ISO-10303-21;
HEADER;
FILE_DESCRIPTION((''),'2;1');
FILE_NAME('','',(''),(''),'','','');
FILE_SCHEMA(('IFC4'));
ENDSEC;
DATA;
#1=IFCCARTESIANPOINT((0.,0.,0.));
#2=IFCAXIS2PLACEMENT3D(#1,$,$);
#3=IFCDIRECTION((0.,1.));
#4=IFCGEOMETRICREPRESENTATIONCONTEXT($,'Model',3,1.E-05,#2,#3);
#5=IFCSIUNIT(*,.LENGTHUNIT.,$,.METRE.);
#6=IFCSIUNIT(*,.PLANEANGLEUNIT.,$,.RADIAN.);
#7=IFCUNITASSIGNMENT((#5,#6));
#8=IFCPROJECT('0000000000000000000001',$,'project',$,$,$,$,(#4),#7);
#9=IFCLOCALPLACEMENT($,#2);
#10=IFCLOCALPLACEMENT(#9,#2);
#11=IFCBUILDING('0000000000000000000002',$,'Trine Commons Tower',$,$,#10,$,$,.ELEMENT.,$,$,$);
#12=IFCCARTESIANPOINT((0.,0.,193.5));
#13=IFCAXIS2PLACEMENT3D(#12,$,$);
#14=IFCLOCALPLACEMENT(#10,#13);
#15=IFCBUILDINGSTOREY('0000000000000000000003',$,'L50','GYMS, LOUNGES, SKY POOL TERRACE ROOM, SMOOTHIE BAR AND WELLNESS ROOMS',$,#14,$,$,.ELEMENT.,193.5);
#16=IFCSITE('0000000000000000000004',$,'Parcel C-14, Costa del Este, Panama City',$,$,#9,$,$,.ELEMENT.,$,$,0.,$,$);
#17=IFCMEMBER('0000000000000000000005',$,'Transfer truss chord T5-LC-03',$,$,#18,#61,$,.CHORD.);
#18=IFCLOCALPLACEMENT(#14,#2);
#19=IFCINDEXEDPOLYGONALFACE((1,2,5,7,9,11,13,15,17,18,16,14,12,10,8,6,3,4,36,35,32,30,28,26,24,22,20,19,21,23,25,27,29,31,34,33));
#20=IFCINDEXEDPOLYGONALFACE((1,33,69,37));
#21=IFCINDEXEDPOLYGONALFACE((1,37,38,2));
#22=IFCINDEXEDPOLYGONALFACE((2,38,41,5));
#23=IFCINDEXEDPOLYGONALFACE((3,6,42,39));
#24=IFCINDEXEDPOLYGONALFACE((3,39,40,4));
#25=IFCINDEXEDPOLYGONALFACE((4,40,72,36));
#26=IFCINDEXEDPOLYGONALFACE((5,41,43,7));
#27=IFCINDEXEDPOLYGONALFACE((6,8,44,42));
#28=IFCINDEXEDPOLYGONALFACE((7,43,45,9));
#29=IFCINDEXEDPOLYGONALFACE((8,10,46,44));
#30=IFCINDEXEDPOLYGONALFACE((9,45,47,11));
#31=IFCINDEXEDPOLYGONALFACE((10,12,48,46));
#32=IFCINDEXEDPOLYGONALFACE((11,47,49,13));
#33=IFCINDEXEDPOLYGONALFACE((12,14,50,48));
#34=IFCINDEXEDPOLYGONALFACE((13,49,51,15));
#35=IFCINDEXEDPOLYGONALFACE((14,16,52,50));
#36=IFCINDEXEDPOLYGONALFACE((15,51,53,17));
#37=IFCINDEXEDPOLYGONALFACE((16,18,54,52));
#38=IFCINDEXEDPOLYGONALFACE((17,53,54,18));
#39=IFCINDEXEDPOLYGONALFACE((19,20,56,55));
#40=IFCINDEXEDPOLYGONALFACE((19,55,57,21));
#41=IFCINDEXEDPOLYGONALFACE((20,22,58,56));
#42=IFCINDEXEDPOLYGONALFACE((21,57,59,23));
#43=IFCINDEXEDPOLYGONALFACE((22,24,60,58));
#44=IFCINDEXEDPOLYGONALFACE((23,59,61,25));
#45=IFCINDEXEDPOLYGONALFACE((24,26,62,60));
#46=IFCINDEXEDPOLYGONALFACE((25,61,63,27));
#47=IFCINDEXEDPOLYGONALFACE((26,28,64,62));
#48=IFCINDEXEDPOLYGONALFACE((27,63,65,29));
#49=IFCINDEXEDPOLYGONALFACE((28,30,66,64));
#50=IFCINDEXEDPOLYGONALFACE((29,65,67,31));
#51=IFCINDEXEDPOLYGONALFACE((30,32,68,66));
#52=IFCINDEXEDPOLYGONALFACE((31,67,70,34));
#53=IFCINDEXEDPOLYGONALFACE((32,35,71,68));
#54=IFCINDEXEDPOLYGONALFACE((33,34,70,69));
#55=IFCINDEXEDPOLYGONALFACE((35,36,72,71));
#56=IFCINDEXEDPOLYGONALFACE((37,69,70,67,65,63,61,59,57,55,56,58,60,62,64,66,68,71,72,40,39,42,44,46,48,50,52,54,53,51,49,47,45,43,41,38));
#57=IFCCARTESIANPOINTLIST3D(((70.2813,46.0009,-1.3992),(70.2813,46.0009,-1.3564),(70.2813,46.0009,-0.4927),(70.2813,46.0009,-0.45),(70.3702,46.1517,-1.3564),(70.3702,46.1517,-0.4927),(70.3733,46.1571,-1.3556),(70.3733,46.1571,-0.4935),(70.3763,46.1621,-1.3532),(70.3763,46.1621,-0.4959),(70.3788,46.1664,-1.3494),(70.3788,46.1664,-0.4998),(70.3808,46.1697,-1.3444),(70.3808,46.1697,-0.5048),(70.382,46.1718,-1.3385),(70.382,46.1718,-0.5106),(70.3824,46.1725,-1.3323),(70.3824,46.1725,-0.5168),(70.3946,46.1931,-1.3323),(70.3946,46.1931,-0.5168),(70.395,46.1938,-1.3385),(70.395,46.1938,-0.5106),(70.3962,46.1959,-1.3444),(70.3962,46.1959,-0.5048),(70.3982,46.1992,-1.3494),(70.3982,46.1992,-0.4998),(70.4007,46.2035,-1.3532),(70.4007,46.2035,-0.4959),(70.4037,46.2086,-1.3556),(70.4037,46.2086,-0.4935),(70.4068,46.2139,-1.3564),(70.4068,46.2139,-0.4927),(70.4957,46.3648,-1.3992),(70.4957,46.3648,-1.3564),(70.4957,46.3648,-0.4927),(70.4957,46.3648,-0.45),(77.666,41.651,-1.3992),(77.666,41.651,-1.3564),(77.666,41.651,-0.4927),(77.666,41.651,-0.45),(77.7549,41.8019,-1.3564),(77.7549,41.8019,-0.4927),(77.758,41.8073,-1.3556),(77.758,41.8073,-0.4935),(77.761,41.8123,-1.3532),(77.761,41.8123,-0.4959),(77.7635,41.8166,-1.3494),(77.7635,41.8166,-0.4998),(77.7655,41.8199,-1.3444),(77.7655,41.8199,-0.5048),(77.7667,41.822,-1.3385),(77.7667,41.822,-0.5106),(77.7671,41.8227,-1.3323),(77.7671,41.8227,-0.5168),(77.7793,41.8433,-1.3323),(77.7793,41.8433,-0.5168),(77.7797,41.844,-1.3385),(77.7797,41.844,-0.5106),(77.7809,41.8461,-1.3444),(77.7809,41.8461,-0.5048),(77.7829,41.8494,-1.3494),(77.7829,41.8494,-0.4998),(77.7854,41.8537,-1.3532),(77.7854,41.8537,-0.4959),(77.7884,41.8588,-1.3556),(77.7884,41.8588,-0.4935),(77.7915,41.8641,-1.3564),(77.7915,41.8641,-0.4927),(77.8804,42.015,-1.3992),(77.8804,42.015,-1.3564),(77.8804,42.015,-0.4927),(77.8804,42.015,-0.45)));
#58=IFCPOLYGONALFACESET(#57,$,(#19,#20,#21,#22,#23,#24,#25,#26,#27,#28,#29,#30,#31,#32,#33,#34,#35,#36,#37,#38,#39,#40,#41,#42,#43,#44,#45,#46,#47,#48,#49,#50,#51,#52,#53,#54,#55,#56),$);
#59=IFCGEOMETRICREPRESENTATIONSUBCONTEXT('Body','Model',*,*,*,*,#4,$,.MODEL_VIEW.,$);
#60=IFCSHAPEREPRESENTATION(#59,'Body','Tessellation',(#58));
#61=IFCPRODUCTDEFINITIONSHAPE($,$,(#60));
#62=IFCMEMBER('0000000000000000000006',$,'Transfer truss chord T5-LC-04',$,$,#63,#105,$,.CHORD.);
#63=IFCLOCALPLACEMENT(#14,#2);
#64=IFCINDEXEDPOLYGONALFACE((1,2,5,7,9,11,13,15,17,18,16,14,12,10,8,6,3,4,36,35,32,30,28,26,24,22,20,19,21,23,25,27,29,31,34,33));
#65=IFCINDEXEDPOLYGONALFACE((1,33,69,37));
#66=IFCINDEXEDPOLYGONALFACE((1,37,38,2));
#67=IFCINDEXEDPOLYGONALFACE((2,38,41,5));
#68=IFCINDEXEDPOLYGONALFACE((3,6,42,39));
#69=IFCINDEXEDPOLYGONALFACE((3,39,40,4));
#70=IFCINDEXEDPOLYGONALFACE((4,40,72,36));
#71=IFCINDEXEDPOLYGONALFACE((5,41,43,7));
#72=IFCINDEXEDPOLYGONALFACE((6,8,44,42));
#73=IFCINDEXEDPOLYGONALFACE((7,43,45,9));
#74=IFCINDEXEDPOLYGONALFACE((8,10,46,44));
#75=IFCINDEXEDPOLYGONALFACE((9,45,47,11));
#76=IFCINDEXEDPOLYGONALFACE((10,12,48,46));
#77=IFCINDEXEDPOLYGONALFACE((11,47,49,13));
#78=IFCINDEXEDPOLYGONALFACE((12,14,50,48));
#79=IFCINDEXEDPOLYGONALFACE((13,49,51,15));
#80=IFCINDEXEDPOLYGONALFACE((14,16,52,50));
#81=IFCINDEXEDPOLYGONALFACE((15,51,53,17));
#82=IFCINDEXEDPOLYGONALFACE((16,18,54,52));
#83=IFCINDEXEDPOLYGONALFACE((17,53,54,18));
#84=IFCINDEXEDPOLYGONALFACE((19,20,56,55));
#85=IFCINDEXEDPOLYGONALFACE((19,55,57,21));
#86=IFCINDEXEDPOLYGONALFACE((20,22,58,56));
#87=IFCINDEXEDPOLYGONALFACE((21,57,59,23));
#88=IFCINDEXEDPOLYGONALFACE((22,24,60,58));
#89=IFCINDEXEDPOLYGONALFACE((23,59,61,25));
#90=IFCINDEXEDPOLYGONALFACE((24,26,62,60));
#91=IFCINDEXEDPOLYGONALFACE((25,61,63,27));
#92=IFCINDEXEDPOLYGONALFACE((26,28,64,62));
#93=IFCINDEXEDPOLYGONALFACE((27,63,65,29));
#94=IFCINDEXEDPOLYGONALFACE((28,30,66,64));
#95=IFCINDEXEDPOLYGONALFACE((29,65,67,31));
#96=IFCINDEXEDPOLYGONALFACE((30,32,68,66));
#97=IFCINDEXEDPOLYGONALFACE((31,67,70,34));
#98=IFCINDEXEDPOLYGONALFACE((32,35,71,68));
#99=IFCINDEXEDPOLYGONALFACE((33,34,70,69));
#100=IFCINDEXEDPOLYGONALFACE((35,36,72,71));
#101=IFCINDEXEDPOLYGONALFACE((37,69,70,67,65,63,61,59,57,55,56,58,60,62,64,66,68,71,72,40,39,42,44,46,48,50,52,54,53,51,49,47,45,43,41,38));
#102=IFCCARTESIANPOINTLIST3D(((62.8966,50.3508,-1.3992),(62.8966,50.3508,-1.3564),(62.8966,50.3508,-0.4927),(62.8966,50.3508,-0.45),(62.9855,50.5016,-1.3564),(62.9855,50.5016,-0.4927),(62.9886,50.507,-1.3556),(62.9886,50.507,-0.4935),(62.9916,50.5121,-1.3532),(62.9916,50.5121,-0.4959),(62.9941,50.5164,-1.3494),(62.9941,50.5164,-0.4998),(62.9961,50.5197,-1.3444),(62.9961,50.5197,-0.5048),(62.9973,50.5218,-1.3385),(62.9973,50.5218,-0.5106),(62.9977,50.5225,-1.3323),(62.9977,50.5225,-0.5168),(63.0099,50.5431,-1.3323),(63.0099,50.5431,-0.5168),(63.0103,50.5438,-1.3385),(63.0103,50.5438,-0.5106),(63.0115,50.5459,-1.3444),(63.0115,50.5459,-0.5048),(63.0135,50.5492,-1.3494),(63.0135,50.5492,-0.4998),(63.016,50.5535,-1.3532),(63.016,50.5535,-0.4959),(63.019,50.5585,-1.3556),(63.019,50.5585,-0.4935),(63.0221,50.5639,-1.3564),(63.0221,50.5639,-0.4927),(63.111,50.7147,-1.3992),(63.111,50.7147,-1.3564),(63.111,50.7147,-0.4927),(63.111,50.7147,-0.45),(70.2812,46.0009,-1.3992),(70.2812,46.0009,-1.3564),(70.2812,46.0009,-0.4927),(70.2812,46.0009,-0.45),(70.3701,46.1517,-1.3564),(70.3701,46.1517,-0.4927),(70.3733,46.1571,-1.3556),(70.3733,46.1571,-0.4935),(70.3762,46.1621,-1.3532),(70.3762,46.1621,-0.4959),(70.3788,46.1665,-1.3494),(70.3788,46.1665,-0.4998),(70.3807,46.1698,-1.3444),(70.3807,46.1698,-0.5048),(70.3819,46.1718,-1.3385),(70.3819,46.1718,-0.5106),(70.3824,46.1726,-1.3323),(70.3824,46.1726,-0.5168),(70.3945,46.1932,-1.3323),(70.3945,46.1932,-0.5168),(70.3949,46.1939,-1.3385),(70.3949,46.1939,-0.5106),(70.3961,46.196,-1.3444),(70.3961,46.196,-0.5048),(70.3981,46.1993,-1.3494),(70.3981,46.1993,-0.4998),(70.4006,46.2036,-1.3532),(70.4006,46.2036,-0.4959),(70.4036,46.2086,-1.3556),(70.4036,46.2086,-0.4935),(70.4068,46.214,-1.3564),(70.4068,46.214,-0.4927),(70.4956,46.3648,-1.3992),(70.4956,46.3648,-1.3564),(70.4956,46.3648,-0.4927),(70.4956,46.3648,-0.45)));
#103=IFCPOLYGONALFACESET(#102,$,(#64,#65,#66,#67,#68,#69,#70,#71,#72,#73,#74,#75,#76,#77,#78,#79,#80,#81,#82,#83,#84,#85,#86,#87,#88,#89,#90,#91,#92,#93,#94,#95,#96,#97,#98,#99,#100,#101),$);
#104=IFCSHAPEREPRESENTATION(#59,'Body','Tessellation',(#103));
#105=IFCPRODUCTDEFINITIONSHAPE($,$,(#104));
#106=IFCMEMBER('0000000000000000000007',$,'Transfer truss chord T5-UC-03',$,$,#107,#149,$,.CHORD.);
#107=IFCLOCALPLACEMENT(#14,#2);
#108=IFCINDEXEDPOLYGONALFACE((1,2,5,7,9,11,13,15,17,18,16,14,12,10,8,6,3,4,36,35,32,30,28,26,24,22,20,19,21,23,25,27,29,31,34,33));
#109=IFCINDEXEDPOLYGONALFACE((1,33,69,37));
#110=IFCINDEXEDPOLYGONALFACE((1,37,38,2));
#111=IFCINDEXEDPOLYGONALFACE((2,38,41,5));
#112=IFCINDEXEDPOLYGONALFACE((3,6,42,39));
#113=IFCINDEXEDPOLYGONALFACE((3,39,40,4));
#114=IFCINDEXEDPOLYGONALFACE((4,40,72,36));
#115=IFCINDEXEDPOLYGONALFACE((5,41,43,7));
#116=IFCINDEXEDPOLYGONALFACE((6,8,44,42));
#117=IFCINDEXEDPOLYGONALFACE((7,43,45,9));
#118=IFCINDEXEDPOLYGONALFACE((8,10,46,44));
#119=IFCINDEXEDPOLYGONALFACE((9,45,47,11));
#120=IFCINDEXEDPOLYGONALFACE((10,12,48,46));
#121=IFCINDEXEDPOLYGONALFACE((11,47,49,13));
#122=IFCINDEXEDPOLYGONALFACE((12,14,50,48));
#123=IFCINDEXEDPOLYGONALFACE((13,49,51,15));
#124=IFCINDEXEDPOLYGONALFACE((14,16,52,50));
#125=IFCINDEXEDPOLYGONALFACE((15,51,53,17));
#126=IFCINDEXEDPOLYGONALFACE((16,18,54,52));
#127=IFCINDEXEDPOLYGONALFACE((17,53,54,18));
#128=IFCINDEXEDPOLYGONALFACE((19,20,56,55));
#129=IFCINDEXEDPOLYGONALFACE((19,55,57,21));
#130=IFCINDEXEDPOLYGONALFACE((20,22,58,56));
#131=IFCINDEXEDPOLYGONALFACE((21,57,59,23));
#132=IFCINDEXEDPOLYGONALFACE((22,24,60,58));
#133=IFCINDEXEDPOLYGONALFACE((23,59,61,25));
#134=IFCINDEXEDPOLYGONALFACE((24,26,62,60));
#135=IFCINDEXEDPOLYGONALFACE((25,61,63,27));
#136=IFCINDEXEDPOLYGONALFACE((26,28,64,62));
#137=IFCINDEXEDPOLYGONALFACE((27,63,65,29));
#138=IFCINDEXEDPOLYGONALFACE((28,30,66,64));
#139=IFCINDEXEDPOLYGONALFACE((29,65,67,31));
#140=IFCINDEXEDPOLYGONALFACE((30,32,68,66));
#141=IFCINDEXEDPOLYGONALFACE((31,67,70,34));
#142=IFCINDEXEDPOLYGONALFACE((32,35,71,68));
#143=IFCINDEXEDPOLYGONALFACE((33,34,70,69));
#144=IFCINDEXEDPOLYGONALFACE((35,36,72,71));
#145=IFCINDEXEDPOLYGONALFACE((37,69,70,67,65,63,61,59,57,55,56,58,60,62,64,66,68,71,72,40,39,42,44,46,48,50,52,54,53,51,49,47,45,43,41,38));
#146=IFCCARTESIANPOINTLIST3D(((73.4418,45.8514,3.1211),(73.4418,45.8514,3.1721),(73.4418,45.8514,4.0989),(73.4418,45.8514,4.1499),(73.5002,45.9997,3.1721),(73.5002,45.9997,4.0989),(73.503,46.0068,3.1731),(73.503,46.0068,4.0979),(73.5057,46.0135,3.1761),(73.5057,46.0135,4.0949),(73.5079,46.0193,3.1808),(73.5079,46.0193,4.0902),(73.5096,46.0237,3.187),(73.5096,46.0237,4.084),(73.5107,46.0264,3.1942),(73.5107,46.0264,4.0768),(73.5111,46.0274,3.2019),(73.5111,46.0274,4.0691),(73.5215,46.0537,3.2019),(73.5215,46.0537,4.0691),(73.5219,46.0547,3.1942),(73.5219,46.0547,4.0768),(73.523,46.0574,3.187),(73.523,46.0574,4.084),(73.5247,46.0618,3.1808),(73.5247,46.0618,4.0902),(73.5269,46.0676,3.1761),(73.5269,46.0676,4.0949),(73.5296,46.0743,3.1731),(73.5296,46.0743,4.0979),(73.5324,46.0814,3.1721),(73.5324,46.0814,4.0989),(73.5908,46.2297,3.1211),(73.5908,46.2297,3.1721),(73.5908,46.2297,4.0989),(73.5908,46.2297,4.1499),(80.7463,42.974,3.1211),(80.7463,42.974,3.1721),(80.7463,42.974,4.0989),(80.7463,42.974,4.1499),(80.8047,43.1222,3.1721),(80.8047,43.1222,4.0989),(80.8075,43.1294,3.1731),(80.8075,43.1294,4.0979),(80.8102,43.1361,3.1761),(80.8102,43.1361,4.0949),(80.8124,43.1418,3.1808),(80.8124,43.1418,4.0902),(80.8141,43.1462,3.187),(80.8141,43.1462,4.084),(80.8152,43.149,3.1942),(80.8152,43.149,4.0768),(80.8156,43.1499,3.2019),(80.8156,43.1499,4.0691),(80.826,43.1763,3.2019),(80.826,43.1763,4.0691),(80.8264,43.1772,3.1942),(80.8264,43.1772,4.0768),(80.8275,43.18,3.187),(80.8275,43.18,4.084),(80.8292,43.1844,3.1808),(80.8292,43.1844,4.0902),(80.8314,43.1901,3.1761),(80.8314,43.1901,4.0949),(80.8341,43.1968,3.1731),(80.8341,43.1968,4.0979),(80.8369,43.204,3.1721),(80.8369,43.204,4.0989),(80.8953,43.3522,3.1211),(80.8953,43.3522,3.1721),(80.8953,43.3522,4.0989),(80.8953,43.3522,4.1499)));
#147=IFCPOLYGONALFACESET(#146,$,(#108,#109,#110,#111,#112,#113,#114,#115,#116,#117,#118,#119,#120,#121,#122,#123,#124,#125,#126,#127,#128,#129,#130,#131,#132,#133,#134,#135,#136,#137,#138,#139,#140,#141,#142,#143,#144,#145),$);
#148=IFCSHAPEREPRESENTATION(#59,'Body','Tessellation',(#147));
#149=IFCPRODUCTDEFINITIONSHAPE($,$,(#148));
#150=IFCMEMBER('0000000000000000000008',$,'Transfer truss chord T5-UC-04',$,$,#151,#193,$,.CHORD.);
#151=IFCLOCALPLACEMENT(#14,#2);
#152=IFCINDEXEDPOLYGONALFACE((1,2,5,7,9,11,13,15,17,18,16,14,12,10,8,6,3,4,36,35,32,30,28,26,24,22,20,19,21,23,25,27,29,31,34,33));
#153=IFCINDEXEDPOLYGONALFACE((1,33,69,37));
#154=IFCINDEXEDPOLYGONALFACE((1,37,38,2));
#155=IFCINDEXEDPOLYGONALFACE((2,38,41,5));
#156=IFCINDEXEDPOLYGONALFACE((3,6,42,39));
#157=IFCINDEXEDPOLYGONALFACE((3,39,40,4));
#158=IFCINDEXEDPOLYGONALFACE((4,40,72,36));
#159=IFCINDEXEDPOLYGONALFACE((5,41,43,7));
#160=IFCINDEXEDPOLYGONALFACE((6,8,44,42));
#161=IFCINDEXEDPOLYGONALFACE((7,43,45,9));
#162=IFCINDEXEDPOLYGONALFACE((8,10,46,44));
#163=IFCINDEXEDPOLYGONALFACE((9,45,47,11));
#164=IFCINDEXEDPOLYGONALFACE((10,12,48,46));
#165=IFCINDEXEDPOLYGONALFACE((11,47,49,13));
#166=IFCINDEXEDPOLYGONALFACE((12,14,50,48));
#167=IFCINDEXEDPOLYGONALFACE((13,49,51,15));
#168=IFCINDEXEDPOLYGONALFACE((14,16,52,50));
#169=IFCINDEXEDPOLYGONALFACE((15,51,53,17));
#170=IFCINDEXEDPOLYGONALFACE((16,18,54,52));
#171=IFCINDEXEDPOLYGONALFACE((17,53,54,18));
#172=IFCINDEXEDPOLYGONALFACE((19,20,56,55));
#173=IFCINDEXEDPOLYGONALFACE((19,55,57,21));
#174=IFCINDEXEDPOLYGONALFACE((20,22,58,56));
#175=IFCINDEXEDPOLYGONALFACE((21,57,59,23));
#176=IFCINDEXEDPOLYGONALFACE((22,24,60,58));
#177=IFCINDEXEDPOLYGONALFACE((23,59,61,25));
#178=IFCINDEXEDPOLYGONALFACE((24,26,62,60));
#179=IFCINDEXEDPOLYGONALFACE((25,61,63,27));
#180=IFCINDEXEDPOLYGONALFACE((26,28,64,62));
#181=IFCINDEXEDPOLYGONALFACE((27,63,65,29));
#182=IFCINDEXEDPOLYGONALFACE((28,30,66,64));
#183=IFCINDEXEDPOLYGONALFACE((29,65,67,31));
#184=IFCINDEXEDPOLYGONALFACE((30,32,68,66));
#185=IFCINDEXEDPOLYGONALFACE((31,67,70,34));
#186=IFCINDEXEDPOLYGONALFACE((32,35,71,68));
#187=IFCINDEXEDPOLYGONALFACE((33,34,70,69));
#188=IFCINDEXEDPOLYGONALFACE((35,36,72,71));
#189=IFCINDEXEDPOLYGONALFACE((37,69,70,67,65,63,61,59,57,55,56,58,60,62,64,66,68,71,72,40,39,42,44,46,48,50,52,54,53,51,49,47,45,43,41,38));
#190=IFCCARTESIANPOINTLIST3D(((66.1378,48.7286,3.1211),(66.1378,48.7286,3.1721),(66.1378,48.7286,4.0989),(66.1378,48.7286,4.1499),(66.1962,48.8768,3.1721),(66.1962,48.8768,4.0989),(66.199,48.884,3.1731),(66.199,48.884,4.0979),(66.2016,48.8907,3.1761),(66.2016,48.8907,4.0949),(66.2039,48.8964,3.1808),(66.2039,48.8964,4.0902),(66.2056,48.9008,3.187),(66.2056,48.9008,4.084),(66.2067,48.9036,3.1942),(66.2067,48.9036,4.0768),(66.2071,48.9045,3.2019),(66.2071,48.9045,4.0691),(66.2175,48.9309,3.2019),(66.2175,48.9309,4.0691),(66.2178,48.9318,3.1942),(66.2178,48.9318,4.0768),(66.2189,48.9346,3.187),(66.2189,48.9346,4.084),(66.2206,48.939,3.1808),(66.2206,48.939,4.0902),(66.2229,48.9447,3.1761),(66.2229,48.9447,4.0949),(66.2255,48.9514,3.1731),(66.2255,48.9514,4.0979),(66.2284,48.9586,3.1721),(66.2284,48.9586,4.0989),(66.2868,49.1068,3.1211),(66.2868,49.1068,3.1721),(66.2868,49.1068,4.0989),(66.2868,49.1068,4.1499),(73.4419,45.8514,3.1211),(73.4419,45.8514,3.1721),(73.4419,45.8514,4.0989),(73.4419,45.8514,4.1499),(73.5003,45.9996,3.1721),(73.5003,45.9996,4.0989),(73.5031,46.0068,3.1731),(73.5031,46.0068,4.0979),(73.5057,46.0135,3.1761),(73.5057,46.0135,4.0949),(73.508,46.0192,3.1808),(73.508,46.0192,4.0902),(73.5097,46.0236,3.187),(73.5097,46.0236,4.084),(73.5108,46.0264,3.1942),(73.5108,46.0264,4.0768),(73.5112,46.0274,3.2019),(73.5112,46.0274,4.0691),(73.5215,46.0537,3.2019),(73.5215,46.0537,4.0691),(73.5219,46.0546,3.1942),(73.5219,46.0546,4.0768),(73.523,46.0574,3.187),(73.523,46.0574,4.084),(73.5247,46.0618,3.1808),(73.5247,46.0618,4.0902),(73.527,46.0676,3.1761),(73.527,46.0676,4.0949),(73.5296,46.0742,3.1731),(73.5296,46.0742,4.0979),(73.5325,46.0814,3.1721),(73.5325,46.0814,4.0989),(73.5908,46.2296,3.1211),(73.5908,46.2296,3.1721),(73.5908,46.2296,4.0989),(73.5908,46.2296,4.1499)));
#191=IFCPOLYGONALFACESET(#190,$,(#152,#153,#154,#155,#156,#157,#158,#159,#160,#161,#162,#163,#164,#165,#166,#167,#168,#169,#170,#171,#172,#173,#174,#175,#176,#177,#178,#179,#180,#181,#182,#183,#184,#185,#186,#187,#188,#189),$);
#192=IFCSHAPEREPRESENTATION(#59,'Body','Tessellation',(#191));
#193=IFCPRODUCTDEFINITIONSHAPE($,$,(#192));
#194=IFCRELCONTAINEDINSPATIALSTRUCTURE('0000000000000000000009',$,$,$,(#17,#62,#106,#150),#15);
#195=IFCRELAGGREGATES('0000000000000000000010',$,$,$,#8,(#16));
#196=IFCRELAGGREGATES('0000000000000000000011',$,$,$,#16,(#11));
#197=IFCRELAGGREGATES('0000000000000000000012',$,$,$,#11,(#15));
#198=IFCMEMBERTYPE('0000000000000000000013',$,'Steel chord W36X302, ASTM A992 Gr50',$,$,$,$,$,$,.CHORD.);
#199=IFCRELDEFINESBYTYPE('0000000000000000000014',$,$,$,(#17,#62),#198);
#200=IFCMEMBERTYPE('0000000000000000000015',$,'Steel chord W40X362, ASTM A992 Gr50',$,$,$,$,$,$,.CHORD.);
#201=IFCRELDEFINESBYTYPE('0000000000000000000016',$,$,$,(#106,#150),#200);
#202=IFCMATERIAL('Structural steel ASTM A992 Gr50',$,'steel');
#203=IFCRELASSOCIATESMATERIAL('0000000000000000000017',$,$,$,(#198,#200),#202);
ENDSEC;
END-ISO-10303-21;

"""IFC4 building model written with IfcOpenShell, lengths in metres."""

from ifc_helpers import new_model, si_unit, direction, frame, origin, origin_2d, place, context, subcontext, project, spatial, i_section, extrude, material, material_profile, profile_set, type_object, element, save


model = new_model("IFC4")

# Units and contexts
model_context = context("Model", 3, precision=1e-05, world=origin(), true_north=direction((0.0, 1.0)))
body_context = subcontext(model_context, "Body", "Model", "MODEL_VIEW")
ifc_project = project(units=[si_unit("LENGTHUNIT", "METRE"), si_unit("PLANEANGLEUNIT", "RADIAN")], contexts=[model_context])

# Site, building, storey
site_placement = place(None, origin())
site = spatial("IfcSite", under=ifc_project, at=site_placement, Name="Parcel C-14, Costa del Este, Panama City", CompositionType="ELEMENT", RefElevation=0.0)
building_placement = place(site_placement, origin())
building = spatial("IfcBuilding", under=site, at=building_placement, Name="Trine Commons Tower", CompositionType="ELEMENT")
storey_placement = place(building_placement, frame((0.0, 0.0, 193.5)))
storey = spatial("IfcBuildingStorey", under=building, at=storey_placement, Name="L50", Description="GYMS, LOUNGES, SKY POOL TERRACE ROOM, SMOOTHIE BAR AND WELLNESS ROOMS", CompositionType="ELEMENT", Elevation=193.5)

# Members
ifc_material_1 = material(Name="Structural steel ASTM A992 Gr50", Category="steel")
ifc_material_profile_1 = material_profile(ifc_material_1, i_section(OverallWidth=0.4224, OverallDepth=0.9492, WebThickness=0.0239, FlangeThickness=0.0427, FilletRadius=0.0242, at=origin_2d()), Name="W36X302")
ifc_profile_set_1 = profile_set([ifc_material_profile_1], Name="Structural steel ASTM A992 Gr50")
member_type_1 = type_object("IfcMemberType", Name="Steel chord W36X302, ASTM A992 Gr50", PredefinedType="CHORD", material=ifc_profile_set_1)
for number, where, z_axis, x_axis, name in (
    (1, (77.7732, 41.833, -0.9246), (-0.861635, 0.507529, 0.0), (-0.507529, -0.861635, 0.0), "Transfer truss chord T5-LC-03"),
    (2, (70.3884, 46.1829, -0.9246), (-0.861627, 0.507542, 0.0), (-0.507542, -0.861627, 0.0), "Transfer truss chord T5-LC-04"),
):
    element("IfcMember", number, at=place(storey_placement, frame(where, z_axis=z_axis, x_axis=x_axis)), inside=storey, type_object=member_type_1, Name=name, PredefinedType="CHORD", context=body_context, shape_type="SweptSolid", body=[
        extrude(i_section(OverallWidth=0.4224, OverallDepth=0.9492, WebThickness=0.0239, FlangeThickness=0.0427, FilletRadius=0.0242, at=origin_2d()), origin(), (0.0, 0.0, 1.0), 8.5706),
    ])
ifc_material_profile_2 = material_profile(ifc_material_1, i_section(OverallWidth=0.4065, OverallDepth=1.0288, WebThickness=0.0283, FlangeThickness=0.051, FilletRadius=0.0298, at=origin_2d()), Name="W40X362")
ifc_profile_set_2 = profile_set([ifc_material_profile_2], Name="Structural steel ASTM A992 Gr50")
member_type_2 = type_object("IfcMemberType", Name="Steel chord W40X362, ASTM A992 Gr50", PredefinedType="CHORD", material=ifc_profile_set_2)
member_1_placement = place(storey_placement, frame((80.8208, 43.1631, 3.6355), z_axis=(-0.930411, 0.366517, 0.0), x_axis=(-0.366517, -0.930411, 0.0)))
element("IfcMember", 3, at=member_1_placement, inside=storey, type_object=member_type_2, Name="Transfer truss chord T5-UC-03", PredefinedType="CHORD", context=body_context, shape_type="SweptSolid", body=[
    extrude(i_section(OverallWidth=0.4065, OverallDepth=1.0288, WebThickness=0.0283, FlangeThickness=0.051, FilletRadius=0.0298, at=origin_2d()), origin(), (0.0, 0.0, 1.0), 7.8508),
])
member_2_placement = place(storey_placement, frame((73.5164, 46.0405, 3.6355), z_axis=(-0.930418, 0.366501, 0.0), x_axis=(-0.366501, -0.930418, 0.0)))
element("IfcMember", 4, at=member_2_placement, inside=storey, type_object=member_type_2, Name="Transfer truss chord T5-UC-04", PredefinedType="CHORD", context=body_context, shape_type="SweptSolid", body=[
    extrude(i_section(OverallWidth=0.4065, OverallDepth=1.0288, WebThickness=0.0283, FlangeThickness=0.051, FilletRadius=0.0298, at=origin_2d()), origin(), (0.0, 0.0, 1.0), 7.8503),
])

save(model, "model.ifc")
